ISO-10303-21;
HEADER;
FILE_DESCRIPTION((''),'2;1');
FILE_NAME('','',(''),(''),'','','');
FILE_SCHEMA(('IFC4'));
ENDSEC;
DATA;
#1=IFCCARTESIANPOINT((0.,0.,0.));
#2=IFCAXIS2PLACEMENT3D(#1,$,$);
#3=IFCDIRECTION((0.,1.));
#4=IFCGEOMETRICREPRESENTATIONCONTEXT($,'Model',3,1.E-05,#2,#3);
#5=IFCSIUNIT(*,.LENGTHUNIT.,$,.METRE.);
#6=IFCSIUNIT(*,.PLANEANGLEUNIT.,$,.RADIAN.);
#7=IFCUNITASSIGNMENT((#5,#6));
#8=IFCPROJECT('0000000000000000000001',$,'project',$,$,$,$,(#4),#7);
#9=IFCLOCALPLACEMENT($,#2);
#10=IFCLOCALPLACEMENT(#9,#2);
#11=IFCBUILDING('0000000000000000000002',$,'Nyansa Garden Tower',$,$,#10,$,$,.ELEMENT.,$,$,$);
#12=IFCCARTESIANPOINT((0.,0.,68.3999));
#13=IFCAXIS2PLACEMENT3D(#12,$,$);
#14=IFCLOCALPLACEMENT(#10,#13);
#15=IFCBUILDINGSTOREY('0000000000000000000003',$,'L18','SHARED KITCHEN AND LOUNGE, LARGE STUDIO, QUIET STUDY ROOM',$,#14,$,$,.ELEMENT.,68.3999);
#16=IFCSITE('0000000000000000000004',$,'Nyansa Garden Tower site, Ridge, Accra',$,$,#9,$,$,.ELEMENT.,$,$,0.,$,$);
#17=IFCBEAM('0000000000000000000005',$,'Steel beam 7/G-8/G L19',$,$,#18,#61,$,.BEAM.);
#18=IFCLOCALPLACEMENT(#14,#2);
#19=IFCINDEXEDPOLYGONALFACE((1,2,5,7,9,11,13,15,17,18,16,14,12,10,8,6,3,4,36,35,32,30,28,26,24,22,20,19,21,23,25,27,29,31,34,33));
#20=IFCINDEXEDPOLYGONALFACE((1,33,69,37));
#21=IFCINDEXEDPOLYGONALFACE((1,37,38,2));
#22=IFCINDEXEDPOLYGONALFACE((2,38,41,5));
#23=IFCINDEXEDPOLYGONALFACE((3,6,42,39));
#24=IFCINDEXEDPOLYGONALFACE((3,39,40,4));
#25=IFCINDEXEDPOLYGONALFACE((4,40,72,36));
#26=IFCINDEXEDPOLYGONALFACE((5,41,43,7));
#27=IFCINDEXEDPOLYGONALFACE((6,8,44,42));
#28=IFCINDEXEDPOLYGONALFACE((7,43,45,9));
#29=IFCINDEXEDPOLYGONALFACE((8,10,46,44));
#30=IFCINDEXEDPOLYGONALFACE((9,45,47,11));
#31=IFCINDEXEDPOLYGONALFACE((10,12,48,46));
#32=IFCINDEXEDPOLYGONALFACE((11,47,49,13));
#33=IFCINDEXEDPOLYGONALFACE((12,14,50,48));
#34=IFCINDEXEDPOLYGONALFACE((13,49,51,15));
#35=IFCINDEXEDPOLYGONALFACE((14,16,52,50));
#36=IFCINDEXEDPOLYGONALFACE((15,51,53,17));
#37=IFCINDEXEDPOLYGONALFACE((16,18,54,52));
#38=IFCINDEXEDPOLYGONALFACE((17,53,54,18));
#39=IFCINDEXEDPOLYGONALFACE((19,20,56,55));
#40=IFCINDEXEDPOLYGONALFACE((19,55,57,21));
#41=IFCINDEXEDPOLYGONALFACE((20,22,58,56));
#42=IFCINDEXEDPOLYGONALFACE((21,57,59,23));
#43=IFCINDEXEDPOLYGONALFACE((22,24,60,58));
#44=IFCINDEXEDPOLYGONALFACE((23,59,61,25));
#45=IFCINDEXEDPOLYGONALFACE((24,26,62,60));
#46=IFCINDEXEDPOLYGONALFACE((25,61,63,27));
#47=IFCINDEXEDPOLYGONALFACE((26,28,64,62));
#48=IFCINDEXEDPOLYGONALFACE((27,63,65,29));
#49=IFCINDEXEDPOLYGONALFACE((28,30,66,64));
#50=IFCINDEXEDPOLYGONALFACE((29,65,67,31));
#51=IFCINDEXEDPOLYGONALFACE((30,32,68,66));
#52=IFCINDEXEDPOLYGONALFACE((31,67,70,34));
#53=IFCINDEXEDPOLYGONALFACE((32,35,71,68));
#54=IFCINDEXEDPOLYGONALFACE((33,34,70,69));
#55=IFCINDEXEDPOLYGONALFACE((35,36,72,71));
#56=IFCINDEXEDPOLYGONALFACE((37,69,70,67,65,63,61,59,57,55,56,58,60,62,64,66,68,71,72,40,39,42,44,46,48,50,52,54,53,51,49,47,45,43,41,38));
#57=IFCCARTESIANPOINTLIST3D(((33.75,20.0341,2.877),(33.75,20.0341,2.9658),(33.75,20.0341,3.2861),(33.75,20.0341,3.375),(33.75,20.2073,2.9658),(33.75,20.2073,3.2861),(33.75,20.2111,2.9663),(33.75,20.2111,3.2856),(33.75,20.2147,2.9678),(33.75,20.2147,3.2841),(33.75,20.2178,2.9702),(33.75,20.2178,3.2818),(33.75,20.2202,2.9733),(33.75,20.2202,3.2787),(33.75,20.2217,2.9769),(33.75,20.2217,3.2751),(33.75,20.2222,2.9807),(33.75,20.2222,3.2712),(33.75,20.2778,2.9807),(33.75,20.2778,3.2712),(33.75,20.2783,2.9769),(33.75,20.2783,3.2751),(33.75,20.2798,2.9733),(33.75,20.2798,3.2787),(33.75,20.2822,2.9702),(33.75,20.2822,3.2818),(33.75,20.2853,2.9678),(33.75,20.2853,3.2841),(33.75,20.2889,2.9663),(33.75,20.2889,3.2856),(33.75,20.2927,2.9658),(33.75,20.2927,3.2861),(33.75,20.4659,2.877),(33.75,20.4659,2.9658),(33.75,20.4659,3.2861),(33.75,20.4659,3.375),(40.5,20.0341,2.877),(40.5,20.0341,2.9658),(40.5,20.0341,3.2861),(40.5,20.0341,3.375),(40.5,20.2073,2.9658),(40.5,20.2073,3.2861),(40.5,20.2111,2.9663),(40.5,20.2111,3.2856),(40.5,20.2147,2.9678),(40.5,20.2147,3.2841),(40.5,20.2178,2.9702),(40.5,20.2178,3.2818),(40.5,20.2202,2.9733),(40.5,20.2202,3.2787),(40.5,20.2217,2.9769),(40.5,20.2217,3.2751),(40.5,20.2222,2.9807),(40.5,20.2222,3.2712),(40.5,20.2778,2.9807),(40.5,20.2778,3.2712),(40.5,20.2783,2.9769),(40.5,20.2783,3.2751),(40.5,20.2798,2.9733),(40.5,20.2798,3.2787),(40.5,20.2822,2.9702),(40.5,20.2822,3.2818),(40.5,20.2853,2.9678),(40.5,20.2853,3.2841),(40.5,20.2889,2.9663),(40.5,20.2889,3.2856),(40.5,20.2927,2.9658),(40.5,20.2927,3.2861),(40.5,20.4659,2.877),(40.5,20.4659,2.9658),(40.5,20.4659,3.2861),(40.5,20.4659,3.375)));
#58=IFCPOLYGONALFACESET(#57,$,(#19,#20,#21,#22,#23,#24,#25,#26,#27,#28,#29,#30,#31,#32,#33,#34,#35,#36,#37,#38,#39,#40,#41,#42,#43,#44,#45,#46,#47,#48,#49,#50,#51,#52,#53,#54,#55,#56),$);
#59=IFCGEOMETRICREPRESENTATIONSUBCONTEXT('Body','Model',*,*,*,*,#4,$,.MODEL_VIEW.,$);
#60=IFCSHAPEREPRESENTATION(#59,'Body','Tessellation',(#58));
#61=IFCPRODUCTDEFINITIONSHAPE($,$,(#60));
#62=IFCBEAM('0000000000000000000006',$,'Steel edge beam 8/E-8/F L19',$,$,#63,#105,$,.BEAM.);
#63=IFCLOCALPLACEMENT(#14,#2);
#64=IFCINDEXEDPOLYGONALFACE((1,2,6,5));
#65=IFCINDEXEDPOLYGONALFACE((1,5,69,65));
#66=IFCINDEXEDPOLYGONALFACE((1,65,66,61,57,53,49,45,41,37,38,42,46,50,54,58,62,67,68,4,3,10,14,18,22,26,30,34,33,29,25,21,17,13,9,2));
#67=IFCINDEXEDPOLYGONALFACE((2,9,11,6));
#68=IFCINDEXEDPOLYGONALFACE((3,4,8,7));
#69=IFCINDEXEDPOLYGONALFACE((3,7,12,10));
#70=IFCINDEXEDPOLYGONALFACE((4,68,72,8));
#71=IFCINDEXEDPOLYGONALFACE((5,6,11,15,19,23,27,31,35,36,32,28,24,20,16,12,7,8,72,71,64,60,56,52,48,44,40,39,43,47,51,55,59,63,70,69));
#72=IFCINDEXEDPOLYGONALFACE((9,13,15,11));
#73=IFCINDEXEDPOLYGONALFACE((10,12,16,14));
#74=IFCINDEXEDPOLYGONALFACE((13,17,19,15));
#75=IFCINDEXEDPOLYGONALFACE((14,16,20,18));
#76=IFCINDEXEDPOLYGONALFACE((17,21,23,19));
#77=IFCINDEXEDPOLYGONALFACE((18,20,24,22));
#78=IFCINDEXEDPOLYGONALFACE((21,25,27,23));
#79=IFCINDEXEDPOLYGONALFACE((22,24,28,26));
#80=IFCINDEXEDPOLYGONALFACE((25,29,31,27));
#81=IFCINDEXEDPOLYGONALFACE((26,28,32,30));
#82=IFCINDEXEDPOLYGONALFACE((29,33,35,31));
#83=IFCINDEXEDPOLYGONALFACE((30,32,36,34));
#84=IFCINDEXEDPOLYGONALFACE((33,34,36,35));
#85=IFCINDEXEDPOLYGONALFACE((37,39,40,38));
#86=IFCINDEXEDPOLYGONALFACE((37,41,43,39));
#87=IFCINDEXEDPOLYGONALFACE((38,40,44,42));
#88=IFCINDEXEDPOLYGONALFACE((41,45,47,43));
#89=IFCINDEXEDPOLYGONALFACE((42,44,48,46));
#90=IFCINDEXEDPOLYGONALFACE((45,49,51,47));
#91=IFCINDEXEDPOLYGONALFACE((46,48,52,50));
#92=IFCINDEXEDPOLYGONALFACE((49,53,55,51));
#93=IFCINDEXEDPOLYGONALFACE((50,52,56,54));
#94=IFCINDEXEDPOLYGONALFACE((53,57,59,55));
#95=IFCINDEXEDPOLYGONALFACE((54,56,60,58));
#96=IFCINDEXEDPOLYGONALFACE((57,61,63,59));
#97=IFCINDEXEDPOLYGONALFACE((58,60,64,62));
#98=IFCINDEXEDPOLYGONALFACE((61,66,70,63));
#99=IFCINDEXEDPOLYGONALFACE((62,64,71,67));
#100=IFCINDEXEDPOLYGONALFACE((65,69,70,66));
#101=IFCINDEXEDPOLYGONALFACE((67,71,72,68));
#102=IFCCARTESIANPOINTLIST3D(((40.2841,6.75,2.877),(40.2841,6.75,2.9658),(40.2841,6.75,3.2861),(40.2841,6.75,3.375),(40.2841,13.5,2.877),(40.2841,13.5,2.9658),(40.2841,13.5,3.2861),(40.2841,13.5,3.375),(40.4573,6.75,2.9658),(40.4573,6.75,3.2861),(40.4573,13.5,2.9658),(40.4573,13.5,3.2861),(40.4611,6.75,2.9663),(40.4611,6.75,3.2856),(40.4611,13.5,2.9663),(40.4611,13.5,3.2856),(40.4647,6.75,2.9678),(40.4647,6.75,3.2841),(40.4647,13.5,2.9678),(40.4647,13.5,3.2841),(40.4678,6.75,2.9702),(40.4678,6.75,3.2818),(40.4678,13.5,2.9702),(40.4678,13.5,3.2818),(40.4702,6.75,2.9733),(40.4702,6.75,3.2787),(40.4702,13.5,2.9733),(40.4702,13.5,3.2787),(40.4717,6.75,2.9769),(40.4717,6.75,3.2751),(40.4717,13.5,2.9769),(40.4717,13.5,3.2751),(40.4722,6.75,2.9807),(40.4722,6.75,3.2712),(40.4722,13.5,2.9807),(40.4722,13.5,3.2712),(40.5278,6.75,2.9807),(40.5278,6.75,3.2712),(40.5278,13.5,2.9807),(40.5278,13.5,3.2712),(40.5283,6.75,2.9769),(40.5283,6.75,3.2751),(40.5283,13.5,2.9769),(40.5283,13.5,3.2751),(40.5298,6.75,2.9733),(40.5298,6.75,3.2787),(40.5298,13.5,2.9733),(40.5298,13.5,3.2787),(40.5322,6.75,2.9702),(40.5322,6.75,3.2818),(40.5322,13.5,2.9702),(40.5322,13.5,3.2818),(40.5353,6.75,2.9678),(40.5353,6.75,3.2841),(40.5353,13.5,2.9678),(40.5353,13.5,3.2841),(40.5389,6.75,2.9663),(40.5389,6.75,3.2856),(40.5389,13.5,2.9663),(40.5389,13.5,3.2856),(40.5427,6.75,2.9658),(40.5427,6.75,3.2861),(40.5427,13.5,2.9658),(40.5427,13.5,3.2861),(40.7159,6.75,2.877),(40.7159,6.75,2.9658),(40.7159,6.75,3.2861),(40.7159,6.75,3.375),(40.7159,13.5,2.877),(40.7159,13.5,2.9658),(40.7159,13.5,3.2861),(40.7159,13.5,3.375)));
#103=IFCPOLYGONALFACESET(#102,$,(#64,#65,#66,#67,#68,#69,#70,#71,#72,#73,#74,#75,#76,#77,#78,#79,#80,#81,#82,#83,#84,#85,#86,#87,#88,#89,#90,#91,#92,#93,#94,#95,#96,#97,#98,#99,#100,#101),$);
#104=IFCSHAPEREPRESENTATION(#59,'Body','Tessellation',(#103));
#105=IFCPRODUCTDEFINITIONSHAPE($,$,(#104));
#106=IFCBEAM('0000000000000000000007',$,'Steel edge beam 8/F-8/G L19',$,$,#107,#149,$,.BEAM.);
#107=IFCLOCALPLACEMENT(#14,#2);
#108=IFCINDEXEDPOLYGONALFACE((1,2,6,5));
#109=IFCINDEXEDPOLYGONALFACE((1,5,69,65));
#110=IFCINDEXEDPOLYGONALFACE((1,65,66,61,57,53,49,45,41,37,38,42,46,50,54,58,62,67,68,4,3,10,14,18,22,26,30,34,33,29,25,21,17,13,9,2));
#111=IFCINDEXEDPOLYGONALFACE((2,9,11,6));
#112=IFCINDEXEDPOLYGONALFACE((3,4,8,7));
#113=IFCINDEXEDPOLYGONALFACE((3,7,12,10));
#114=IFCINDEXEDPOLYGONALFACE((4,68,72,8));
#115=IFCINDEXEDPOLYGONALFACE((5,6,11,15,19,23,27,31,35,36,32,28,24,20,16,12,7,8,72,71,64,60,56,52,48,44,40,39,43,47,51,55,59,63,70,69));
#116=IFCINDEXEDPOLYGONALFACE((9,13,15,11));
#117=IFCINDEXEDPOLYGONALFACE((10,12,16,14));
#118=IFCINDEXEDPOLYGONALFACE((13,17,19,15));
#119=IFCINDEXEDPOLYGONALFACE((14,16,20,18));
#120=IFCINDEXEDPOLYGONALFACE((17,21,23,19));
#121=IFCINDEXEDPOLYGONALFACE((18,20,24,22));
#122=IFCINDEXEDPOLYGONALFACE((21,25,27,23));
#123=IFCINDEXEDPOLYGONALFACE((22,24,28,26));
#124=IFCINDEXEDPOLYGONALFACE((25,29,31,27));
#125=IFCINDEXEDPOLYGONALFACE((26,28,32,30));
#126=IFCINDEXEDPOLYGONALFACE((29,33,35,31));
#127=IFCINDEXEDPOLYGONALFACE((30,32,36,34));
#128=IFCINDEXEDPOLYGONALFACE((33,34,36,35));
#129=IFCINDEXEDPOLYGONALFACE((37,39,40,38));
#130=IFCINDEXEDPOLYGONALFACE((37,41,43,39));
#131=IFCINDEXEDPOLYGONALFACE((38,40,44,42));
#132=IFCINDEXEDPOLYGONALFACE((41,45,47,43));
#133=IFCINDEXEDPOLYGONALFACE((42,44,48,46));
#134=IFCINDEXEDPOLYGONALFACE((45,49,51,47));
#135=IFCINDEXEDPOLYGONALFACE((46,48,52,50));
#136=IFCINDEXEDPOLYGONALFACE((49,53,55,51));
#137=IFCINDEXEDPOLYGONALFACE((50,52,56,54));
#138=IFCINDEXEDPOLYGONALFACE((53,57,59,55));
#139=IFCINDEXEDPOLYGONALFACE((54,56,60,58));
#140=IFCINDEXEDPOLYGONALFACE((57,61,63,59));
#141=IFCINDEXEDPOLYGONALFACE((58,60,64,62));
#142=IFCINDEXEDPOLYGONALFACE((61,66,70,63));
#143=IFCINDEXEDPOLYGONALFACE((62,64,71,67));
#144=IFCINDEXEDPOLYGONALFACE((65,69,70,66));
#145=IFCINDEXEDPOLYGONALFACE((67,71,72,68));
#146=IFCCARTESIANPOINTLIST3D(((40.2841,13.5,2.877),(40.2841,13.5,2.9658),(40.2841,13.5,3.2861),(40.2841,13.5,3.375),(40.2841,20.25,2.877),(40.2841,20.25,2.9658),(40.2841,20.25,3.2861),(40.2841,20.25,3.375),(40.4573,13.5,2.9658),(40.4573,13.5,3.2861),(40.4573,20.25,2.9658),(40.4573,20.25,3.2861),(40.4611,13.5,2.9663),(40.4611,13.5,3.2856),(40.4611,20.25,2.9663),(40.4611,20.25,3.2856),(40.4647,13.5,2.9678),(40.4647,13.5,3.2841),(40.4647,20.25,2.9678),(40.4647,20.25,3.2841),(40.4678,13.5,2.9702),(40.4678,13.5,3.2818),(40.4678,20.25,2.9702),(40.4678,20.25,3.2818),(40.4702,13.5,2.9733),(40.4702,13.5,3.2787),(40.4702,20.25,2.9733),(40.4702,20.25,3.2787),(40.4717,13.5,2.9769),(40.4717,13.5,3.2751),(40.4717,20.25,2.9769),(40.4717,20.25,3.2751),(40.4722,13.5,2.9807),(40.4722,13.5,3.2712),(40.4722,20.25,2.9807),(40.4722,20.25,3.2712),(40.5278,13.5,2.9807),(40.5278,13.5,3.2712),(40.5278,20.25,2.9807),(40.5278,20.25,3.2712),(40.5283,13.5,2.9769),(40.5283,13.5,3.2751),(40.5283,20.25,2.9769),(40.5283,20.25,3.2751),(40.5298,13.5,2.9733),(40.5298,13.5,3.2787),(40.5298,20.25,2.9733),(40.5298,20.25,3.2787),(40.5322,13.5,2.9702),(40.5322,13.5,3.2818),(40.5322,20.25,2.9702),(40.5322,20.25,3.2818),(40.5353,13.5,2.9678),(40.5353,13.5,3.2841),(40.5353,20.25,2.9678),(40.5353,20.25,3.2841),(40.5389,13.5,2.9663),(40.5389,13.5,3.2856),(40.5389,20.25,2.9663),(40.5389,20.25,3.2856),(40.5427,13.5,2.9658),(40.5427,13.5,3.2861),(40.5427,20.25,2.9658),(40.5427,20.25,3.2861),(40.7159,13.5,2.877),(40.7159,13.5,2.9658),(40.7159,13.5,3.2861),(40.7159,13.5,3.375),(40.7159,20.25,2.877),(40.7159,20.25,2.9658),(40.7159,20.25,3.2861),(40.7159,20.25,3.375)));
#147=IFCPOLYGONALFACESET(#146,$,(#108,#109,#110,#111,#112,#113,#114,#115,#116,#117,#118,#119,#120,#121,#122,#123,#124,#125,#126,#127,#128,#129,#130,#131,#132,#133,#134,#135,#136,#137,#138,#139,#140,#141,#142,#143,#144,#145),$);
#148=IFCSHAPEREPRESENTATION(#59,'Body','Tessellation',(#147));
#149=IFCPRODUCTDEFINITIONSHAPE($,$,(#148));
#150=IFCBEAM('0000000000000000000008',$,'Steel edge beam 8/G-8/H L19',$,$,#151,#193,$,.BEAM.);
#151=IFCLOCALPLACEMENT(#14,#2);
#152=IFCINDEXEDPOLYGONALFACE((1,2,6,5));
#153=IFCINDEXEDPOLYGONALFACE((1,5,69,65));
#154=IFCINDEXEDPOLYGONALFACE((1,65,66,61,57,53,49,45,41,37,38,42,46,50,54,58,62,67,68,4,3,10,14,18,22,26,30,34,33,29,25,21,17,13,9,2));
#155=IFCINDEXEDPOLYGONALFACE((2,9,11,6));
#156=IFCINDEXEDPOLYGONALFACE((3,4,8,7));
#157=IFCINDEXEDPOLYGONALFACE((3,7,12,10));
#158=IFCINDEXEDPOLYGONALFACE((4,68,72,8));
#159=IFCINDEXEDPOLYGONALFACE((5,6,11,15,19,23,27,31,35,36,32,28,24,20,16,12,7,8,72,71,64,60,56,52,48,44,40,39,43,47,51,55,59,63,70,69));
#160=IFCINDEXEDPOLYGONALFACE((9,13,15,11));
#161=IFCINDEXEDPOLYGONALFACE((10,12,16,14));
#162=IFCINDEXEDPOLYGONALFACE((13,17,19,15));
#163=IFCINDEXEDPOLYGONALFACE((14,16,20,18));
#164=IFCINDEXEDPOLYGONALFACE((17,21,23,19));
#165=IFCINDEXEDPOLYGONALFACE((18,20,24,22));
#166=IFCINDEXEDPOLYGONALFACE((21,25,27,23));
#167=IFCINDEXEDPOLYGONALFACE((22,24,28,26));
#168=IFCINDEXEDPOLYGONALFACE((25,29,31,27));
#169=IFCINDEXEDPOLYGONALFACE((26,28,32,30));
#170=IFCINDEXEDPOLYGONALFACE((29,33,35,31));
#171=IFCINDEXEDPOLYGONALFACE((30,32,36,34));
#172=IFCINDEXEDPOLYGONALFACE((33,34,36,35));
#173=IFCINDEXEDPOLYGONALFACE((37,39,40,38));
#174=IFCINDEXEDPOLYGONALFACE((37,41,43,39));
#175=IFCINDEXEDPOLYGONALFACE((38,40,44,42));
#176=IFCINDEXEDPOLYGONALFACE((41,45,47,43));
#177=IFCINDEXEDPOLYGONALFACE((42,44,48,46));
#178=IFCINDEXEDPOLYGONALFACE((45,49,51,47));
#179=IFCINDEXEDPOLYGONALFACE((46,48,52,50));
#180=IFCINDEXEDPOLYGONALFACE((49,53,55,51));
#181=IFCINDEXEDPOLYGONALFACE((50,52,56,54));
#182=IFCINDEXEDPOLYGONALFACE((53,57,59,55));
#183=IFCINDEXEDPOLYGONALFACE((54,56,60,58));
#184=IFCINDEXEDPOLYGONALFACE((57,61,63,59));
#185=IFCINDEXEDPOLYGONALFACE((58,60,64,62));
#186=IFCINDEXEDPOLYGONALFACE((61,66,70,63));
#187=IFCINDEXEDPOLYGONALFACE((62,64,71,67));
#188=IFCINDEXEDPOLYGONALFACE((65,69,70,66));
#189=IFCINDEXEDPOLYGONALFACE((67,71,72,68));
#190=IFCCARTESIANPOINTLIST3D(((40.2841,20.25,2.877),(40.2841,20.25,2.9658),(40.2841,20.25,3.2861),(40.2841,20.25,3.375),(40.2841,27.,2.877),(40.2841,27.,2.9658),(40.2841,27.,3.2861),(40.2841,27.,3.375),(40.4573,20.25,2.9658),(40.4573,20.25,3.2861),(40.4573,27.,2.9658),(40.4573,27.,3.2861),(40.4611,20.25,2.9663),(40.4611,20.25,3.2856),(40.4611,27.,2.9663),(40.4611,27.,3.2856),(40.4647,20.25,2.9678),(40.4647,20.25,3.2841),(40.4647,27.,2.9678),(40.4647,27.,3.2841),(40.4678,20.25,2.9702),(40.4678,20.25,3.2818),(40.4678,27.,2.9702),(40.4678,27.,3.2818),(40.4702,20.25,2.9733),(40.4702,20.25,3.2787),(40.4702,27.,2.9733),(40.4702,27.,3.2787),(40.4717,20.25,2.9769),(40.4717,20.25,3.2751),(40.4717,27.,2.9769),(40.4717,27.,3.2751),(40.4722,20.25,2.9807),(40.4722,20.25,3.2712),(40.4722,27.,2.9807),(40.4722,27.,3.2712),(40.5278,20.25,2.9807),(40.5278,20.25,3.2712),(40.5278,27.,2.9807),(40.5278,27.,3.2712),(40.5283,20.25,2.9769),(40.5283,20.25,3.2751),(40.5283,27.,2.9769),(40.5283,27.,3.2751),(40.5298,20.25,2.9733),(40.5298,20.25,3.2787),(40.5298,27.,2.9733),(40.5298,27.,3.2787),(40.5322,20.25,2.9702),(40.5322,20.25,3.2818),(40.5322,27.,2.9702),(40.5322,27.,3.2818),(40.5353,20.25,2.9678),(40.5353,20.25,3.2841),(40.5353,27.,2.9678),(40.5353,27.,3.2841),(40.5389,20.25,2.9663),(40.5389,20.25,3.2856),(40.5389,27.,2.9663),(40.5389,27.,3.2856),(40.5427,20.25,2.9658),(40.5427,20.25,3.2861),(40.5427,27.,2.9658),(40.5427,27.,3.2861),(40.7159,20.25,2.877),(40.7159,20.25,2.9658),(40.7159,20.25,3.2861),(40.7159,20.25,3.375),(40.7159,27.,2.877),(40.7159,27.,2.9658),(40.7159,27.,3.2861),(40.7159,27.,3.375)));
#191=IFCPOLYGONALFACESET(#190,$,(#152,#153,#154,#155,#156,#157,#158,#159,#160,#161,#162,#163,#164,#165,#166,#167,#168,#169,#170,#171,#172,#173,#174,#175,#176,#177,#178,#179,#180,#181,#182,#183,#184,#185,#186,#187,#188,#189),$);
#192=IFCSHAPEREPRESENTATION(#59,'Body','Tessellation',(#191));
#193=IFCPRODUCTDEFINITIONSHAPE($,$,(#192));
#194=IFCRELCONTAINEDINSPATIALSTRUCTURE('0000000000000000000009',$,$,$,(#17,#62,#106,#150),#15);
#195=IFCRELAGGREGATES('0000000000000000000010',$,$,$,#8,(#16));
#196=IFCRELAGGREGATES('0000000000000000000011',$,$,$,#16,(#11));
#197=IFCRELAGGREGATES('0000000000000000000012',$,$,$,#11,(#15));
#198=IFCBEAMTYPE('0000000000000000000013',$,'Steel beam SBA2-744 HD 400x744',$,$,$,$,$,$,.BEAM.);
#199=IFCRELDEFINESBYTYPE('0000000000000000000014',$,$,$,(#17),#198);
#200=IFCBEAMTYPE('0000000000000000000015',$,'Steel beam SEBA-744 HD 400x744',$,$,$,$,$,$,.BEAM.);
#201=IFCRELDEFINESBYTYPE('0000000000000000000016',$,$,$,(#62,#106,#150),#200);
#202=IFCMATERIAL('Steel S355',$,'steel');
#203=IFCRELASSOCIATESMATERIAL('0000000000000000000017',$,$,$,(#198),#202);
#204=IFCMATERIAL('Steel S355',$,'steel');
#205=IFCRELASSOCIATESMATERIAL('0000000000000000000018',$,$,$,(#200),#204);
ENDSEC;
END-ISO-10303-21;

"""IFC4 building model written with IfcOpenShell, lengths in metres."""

from ifc_helpers import new_model, si_unit, direction, frame, origin, origin_2d, place, context, subcontext, project, spatial, i_section, extrude, material, material_profile, profile_set, type_object, element, save


model = new_model("IFC4")

# Units and contexts
model_context = context("Model", 3, precision=1e-05, world=origin(), true_north=direction((0.0, 1.0)))
body_context = subcontext(model_context, "Body", "Model", "MODEL_VIEW")
ifc_project = project(units=[si_unit("LENGTHUNIT", "METRE"), si_unit("PLANEANGLEUNIT", "RADIAN")], contexts=[model_context])

# Site, building, storey
site_placement = place(None, origin())
site = spatial("IfcSite", under=ifc_project, at=site_placement, Name="Nyansa Garden Tower site, Ridge, Accra", CompositionType="ELEMENT", RefElevation=0.0)
building_placement = place(site_placement, origin())
building = spatial("IfcBuilding", under=site, at=building_placement, Name="Nyansa Garden Tower", CompositionType="ELEMENT")
storey_placement = place(building_placement, frame((0.0, 0.0, 68.3999)))
storey = spatial("IfcBuildingStorey", under=building, at=storey_placement, Name="L18", Description="SHARED KITCHEN AND LOUNGE, LARGE STUDIO, QUIET STUDY ROOM", CompositionType="ELEMENT", Elevation=68.3999)

# Beams
ifc_material_1 = material(Name="Steel S355", Category="steel")
ifc_material_profile_1 = material_profile(ifc_material_1, i_section(OverallWidth=0.4319, OverallDepth=0.498, WebThickness=0.0557, FlangeThickness=0.0889, FilletRadius=0.0149, at=origin_2d()), Name="HD 400x744")
ifc_profile_set_1 = profile_set([ifc_material_profile_1], Name="Steel S355")
beam_type_1 = type_object("IfcBeamType", Name="Steel beam SBA2-744 HD 400x744", PredefinedType="BEAM", material=ifc_profile_set_1)
for number, where, z_axis, x_axis, name in (
    (1, (33.75, 20.25, 3.126), (1.0, 0.0, 0.0), (0.0, 1.0, 0.0), "Steel beam 7/G-8/G L19"),
):
    element("IfcBeam", number, at=place(storey_placement, frame(where, z_axis=z_axis, x_axis=x_axis)), inside=storey, type_object=beam_type_1, Name=name, PredefinedType="BEAM", context=body_context, shape_type="SweptSolid", body=[
        extrude(i_section(OverallWidth=0.4319, OverallDepth=0.498, WebThickness=0.0557, FlangeThickness=0.0889, FilletRadius=0.0149, at=origin_2d()), origin(), (0.0, 0.0, 1.0), 6.75),
    ])
ifc_material_2 = material(Name="Steel S355", Category="steel")
ifc_material_profile_2 = material_profile(ifc_material_2, i_section(OverallWidth=0.4319, OverallDepth=0.498, WebThickness=0.0557, FlangeThickness=0.0889, FilletRadius=0.0149, at=origin_2d()), Name="HD 400x744")
ifc_profile_set_2 = profile_set([ifc_material_profile_2], Name="Steel S355")
beam_type_2 = type_object("IfcBeamType", Name="Steel beam SEBA-744 HD 400x744", PredefinedType="BEAM", material=ifc_profile_set_2)
for number, where, z_axis, x_axis, name in (
    (2, (40.5, 6.75, 3.126), (0.0, 1.0, 0.0), (-1.0, 0.0, 0.0), "Steel edge beam 8/E-8/F L19"),
    (3, (40.5, 13.5, 3.126), (0.0, 1.0, 0.0), (-1.0, 0.0, 0.0), "Steel edge beam 8/F-8/G L19"),
    (4, (40.5, 20.25, 3.126), (0.0, 1.0, 0.0), (-1.0, 0.0, 0.0), "Steel edge beam 8/G-8/H L19"),
):
    element("IfcBeam", number, at=place(storey_placement, frame(where, z_axis=z_axis, x_axis=x_axis)), inside=storey, type_object=beam_type_2, Name=name, PredefinedType="BEAM", context=body_context, shape_type="SweptSolid", body=[
        extrude(i_section(OverallWidth=0.4319, OverallDepth=0.498, WebThickness=0.0557, FlangeThickness=0.0889, FilletRadius=0.0149, at=origin_2d()), origin(), (0.0, 0.0, 1.0), 6.75),
    ])

save(model, "model.ifc")
